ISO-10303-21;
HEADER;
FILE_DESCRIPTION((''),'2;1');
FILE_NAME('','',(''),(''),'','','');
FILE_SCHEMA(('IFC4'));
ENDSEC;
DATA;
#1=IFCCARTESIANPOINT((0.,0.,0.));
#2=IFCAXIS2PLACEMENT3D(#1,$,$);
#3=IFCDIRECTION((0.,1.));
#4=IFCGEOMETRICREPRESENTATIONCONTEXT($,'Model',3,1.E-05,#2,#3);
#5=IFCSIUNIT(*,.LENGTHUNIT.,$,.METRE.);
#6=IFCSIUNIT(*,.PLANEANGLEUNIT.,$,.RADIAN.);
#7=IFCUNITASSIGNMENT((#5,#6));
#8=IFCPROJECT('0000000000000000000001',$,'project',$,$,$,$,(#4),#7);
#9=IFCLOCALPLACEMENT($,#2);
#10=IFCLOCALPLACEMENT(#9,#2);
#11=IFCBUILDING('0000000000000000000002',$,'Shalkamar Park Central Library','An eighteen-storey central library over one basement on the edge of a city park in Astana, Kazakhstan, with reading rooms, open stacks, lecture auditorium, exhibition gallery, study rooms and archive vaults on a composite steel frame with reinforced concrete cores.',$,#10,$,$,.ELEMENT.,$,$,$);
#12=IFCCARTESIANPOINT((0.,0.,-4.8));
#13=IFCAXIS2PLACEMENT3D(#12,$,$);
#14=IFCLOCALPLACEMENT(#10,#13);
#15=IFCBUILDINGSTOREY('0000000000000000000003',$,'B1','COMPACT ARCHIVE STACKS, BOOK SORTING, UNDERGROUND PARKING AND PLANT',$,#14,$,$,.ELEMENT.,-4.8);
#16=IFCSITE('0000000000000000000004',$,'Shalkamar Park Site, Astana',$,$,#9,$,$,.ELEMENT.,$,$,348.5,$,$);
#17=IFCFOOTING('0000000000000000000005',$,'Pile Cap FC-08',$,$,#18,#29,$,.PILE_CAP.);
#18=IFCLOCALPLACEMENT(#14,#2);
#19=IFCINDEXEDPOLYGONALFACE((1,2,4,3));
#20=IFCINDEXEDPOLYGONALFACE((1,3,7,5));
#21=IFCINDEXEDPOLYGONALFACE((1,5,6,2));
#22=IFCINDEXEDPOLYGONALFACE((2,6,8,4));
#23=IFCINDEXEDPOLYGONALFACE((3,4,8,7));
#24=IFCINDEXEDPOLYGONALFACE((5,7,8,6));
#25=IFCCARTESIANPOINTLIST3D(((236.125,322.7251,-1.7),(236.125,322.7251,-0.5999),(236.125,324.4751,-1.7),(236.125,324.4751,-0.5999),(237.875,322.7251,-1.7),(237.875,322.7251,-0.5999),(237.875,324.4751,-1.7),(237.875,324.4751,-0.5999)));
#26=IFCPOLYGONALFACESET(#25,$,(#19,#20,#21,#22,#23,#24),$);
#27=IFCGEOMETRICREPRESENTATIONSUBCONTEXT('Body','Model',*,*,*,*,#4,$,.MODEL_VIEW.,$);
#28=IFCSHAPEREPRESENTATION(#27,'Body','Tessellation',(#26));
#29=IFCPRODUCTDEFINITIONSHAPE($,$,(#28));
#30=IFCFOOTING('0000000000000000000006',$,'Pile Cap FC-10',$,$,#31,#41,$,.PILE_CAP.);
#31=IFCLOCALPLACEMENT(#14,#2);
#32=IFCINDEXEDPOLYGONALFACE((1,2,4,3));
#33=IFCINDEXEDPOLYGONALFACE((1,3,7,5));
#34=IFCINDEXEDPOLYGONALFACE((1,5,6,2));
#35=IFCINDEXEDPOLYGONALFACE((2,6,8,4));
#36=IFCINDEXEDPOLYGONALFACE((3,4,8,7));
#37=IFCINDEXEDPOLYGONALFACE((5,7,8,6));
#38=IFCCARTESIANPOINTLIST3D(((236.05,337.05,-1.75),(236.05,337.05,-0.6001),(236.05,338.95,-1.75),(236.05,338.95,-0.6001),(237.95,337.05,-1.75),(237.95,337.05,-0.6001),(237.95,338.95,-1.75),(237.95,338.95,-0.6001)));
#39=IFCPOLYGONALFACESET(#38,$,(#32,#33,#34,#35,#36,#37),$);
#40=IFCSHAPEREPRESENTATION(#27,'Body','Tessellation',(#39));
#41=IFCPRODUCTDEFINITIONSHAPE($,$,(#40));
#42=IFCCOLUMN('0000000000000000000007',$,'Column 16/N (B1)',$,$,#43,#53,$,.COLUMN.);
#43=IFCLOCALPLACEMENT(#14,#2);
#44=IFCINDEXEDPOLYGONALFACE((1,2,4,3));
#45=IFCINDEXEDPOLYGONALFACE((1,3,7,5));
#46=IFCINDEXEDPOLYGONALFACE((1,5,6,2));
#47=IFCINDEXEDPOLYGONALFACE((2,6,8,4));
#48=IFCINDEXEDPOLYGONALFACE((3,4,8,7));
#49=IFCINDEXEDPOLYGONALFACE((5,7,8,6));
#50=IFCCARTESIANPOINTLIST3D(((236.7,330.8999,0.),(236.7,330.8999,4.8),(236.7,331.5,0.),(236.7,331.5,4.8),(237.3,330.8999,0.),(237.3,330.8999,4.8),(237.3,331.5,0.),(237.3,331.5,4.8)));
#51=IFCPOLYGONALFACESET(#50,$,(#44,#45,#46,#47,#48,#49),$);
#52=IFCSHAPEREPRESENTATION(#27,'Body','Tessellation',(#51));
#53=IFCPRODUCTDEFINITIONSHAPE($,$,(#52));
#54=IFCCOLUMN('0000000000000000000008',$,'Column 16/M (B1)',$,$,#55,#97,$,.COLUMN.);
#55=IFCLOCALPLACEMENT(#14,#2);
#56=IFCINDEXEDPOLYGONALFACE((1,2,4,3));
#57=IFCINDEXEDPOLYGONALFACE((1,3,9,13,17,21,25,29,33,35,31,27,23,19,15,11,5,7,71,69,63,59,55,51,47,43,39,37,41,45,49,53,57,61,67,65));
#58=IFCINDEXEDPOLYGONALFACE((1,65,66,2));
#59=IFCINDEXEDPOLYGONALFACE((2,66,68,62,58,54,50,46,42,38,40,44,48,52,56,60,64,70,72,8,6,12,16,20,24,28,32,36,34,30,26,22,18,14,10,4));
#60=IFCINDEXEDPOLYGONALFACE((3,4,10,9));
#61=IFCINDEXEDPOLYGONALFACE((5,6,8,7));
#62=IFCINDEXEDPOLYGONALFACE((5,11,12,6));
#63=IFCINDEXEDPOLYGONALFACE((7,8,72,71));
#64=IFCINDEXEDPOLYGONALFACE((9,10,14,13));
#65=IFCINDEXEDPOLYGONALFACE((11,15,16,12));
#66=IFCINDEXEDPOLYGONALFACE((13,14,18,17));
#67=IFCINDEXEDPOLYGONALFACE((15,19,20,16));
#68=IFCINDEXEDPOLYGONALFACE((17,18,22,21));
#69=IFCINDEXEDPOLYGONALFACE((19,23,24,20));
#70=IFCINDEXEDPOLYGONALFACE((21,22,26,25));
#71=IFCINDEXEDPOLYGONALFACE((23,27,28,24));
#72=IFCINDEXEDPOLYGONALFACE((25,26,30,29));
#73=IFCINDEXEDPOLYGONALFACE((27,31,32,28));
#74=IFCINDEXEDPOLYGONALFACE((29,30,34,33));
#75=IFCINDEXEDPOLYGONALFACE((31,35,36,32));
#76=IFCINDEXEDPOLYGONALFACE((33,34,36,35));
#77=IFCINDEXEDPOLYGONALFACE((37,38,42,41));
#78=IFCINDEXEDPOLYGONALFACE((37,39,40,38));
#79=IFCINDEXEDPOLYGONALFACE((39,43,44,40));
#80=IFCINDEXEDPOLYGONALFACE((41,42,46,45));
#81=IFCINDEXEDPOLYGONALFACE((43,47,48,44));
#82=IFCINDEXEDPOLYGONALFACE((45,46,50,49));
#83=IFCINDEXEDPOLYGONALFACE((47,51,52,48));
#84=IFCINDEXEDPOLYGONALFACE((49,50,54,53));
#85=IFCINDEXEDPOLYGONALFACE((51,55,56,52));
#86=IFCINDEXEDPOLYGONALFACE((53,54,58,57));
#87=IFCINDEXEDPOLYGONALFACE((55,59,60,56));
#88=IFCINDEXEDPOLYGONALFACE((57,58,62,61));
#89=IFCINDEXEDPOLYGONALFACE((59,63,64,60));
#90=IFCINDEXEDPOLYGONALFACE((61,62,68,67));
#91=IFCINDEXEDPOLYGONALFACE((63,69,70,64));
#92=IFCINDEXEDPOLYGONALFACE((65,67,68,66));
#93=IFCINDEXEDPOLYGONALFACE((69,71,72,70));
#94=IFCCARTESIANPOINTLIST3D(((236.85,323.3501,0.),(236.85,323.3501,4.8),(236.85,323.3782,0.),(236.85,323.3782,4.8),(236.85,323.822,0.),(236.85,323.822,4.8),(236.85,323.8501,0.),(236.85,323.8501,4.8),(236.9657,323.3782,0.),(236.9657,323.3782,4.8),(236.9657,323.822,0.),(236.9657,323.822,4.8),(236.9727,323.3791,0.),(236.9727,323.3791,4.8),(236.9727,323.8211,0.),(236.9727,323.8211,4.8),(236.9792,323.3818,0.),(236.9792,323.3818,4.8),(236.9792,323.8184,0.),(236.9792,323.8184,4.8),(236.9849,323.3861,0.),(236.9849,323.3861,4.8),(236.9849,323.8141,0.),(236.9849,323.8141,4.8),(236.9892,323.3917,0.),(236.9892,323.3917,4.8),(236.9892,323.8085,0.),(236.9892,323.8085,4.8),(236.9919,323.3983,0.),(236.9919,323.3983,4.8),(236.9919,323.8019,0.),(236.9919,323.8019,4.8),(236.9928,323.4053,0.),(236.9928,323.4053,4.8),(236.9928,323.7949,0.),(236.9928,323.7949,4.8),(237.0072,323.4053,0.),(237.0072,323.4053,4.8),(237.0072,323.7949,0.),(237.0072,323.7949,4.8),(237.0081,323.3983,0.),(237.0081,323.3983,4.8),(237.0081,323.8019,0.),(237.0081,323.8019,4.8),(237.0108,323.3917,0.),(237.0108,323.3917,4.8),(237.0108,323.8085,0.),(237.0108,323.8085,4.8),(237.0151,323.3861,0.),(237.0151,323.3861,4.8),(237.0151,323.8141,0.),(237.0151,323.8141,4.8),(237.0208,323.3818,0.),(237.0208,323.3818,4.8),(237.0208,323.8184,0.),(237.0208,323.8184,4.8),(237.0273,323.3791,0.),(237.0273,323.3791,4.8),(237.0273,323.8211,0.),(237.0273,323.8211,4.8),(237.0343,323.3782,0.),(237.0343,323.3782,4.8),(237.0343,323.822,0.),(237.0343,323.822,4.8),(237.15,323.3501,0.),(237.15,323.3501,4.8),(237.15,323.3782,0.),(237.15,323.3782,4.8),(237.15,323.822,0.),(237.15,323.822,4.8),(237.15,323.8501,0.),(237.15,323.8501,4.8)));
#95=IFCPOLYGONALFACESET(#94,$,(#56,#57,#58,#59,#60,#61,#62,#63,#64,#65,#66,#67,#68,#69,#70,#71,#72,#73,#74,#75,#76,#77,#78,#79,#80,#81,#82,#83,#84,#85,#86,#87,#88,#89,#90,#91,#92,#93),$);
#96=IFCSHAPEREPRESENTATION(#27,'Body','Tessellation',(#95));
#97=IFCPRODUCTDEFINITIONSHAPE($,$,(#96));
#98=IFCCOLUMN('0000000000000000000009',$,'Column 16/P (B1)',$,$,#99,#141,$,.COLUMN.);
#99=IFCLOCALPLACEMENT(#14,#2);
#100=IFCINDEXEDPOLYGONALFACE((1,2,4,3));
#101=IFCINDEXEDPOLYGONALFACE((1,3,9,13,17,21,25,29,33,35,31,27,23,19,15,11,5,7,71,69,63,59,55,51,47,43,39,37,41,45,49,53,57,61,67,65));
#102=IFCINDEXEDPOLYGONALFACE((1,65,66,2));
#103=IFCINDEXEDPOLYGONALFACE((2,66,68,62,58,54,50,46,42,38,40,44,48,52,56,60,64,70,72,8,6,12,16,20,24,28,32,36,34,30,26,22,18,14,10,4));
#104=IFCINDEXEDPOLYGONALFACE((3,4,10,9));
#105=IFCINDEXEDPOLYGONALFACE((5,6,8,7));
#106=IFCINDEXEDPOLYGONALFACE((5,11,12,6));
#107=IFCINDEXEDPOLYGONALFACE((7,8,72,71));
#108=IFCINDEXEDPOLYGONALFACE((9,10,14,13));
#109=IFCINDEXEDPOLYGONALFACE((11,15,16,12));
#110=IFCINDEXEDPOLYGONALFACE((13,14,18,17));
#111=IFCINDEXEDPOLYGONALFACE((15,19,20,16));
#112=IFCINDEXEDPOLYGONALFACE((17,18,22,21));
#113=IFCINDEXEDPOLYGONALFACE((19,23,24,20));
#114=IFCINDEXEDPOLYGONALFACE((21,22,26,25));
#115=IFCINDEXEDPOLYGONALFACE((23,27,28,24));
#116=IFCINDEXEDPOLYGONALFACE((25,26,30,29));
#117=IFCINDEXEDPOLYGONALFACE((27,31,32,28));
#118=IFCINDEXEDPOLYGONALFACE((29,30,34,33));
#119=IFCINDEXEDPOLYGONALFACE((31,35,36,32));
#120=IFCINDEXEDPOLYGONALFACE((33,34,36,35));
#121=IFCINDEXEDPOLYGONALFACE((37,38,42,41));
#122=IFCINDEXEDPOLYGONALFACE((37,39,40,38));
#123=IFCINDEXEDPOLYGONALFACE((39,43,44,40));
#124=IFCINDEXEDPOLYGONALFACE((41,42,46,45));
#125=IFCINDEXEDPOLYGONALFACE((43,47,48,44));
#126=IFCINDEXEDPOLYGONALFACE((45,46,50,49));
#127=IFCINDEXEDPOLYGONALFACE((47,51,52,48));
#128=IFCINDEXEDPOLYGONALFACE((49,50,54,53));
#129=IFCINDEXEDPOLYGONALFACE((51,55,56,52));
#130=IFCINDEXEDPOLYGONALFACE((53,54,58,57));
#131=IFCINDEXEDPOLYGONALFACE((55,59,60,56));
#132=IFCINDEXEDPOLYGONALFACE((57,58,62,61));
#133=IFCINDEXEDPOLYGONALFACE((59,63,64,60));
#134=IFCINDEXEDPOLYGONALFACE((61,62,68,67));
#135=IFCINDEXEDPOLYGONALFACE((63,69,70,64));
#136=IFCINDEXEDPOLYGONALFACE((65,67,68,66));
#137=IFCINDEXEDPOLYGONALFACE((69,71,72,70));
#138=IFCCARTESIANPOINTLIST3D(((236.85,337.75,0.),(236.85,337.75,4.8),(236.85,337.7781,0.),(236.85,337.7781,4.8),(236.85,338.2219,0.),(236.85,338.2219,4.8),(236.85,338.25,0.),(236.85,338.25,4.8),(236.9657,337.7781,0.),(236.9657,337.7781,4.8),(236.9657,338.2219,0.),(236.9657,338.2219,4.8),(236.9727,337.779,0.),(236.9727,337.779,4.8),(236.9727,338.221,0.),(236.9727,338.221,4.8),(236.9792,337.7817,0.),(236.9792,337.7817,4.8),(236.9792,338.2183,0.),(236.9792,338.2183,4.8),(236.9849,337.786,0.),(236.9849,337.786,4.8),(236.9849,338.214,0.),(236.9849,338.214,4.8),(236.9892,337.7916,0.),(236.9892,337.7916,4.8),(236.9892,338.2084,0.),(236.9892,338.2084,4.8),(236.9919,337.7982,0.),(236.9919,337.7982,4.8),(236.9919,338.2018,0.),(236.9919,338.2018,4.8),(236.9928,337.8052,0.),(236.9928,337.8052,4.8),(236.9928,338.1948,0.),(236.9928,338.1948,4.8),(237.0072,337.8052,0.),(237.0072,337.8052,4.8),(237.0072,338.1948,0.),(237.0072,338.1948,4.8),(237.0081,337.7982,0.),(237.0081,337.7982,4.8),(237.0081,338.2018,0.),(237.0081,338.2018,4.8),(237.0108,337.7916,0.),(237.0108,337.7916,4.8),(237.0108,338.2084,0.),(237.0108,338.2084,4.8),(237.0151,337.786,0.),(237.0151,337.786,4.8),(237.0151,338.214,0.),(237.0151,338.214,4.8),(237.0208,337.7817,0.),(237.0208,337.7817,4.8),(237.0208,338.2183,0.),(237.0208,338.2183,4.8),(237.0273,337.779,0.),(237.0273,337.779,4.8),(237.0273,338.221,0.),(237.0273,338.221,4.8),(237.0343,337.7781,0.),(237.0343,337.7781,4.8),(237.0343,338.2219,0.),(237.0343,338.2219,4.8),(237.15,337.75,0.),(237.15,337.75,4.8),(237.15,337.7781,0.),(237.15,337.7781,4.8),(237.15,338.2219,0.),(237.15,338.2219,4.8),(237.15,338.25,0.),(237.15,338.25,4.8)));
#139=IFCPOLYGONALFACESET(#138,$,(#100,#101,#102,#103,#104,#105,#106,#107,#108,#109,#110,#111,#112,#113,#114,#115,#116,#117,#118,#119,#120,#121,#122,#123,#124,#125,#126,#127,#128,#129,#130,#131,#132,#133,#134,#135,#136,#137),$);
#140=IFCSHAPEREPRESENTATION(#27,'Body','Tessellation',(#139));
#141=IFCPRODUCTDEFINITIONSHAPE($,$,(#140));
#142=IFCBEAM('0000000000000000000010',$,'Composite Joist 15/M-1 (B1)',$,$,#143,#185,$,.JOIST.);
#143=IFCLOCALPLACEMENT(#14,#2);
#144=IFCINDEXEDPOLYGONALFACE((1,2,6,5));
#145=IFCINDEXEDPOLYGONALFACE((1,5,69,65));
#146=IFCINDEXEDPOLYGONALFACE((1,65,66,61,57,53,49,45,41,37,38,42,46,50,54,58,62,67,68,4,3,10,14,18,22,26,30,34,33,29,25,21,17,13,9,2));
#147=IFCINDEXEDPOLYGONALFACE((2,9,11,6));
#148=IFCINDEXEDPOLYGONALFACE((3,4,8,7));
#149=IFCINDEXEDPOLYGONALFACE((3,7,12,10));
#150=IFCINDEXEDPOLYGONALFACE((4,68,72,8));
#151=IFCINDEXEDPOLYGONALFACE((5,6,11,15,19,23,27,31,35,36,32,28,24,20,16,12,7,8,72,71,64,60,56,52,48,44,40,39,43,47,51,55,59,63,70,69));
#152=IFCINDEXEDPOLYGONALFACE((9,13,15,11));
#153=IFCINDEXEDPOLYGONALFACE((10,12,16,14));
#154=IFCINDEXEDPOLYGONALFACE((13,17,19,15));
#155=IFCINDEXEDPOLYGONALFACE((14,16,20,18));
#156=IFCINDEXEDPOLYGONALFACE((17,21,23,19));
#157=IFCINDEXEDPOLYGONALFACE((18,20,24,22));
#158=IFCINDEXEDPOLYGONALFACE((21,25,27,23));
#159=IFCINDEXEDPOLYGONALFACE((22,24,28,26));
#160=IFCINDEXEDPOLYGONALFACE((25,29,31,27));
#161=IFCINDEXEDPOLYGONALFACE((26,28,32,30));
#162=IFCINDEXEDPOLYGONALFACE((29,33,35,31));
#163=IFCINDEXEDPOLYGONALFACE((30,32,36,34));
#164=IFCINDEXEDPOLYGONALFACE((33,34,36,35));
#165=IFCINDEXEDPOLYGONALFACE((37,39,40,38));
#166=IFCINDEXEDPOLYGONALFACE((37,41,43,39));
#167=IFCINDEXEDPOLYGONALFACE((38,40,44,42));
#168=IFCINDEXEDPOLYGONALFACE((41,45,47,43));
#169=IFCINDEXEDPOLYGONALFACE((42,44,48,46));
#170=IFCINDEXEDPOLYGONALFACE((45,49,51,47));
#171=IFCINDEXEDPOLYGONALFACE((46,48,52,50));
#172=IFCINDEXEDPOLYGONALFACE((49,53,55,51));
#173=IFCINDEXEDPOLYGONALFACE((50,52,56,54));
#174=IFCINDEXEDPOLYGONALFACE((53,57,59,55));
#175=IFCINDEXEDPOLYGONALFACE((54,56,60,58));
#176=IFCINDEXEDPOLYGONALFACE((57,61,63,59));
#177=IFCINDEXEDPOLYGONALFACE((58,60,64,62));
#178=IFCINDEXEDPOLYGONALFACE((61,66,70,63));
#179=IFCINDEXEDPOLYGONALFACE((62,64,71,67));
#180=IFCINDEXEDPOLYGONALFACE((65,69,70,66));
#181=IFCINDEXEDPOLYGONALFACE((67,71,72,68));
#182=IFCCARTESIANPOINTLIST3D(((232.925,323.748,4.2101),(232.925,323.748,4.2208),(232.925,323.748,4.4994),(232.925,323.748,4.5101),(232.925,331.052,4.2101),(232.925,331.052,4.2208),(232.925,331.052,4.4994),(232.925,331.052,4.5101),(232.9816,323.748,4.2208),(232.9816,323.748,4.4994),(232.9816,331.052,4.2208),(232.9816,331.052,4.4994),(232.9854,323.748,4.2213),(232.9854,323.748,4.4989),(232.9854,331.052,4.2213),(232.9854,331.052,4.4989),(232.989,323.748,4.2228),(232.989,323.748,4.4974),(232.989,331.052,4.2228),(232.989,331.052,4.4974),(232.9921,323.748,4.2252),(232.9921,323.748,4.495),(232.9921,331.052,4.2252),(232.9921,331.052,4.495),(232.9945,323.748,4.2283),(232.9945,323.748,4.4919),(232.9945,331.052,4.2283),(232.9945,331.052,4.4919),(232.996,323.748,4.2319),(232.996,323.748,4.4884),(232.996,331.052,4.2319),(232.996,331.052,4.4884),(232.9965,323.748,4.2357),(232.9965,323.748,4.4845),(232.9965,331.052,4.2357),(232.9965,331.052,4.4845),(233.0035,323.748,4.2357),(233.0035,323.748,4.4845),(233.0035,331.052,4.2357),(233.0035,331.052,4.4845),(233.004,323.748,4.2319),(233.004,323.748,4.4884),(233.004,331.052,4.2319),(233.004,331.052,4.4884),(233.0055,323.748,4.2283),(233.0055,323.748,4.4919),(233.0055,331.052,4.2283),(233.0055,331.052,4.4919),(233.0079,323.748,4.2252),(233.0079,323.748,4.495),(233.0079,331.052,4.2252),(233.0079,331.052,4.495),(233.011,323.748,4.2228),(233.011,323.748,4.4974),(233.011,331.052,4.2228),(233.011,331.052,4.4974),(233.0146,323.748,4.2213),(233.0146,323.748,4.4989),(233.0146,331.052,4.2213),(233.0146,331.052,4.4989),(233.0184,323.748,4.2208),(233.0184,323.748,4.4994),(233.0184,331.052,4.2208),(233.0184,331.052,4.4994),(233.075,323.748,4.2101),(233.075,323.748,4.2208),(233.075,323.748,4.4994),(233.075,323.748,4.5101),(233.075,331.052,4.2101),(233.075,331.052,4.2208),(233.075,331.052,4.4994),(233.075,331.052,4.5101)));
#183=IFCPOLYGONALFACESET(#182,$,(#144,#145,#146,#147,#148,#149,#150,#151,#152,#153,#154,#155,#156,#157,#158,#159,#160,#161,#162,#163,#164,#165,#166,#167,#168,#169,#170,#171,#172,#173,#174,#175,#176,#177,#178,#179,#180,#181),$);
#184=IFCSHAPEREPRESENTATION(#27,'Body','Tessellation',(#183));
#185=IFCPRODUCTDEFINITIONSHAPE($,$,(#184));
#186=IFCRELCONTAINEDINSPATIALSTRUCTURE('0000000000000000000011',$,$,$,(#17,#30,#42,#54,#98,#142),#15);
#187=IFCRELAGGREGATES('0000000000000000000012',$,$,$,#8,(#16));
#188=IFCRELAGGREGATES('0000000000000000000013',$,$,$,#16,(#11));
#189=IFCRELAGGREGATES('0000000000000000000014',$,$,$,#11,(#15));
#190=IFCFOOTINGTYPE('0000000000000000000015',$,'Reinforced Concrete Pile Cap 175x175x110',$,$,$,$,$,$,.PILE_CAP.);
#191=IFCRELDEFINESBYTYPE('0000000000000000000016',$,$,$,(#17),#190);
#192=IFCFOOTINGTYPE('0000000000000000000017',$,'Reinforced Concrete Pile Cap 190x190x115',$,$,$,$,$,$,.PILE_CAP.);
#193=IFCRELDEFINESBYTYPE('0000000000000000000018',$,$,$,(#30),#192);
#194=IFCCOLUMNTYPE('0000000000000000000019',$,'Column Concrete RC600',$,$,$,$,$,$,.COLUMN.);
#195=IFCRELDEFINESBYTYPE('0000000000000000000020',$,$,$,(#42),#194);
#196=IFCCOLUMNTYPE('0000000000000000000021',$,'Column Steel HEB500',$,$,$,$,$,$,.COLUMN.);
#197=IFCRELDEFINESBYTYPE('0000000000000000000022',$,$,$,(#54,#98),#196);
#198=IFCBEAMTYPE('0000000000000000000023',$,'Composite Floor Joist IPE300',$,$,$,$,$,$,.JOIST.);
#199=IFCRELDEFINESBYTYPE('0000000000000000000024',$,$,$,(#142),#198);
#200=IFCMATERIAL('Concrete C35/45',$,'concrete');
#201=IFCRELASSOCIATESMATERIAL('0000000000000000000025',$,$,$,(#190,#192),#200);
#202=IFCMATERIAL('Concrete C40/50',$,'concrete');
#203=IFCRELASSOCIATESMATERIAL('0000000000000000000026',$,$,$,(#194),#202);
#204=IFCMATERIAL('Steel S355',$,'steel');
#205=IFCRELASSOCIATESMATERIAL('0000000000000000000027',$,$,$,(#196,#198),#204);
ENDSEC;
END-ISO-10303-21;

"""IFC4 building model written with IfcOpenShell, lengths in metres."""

from ifc_helpers import new_model, si_unit, direction, frame, origin, origin_2d, place, context, subcontext, project, spatial, rectangle, i_section, extrude, material, material_profile, profile_set, type_object, element, save


model = new_model("IFC4")

# Units and contexts
model_context = context("Model", 3, precision=1e-05, world=origin(), true_north=direction((0.0, 1.0)))
body_context = subcontext(model_context, "Body", "Model", "MODEL_VIEW")
ifc_project = project(units=[si_unit("LENGTHUNIT", "METRE"), si_unit("PLANEANGLEUNIT", "RADIAN")], contexts=[model_context])

# Site, building, storey
site_placement = place(None, origin())
site = spatial("IfcSite", under=ifc_project, at=site_placement, Name="Shalkamar Park Site, Astana", CompositionType="ELEMENT", RefElevation=348.5)
building_placement = place(site_placement, origin())
building = spatial("IfcBuilding", under=site, at=building_placement, Name="Shalkamar Park Central Library", Description="An eighteen-storey central library over one basement on the edge of a city park in Astana, Kazakhstan, with reading rooms, open stacks, lecture auditorium, exhibition gallery, study rooms and archive vaults on a composite steel frame with reinforced concrete cores.", CompositionType="ELEMENT")
storey_placement = place(building_placement, frame((0.0, 0.0, -4.8)))
storey = spatial("IfcBuildingStorey", under=building, at=storey_placement, Name="B1", Description="COMPACT ARCHIVE STACKS, BOOK SORTING, UNDERGROUND PARKING AND PLANT", CompositionType="ELEMENT", Elevation=-4.8)

# Shared definitions
ifc_material_1 = material(Name="Concrete C35/45", Category="concrete")

# Footings
footing_type_1 = type_object("IfcFootingType", Name="Reinforced Concrete Pile Cap 175x175x110", PredefinedType="PILE_CAP", material=ifc_material_1)
footing_1_placement = place(storey_placement, frame((237.0, 323.6001, -1.7), z_axis=(0.0, 0.0, 1.0), x_axis=(1.0, 0.0, 0.0)))
element("IfcFooting", 1, at=footing_1_placement, inside=storey, type_object=footing_type_1, Name="Pile Cap FC-08", PredefinedType="PILE_CAP", context=body_context, shape_type="SweptSolid", body=[
    extrude(rectangle(XDim=1.75, YDim=1.75, at=origin_2d()), origin(), (0.0, 0.0, 1.0), 1.1001),
])
footing_type_2 = type_object("IfcFootingType", Name="Reinforced Concrete Pile Cap 190x190x115", PredefinedType="PILE_CAP", material=ifc_material_1)
footing_2_placement = place(storey_placement, frame((237.0, 338.0, -1.75), z_axis=(0.0, 0.0, 1.0), x_axis=(1.0, 0.0, 0.0)))
element("IfcFooting", 2, at=footing_2_placement, inside=storey, type_object=footing_type_2, Name="Pile Cap FC-10", PredefinedType="PILE_CAP", context=body_context, shape_type="SweptSolid", body=[
    extrude(rectangle(XDim=1.8999, YDim=1.8999, at=origin_2d()), origin(), (0.0, 0.0, 1.0), 1.1499),
])

# Columns
ifc_material_2 = material(Name="Concrete C40/50", Category="concrete")
ifc_material_profile_1 = material_profile(ifc_material_2, rectangle(XDim=0.6001, YDim=0.6001, at=origin_2d()), Name="RC 600x600")
ifc_profile_set_1 = profile_set([ifc_material_profile_1], Name="Concrete C40/50")
column_type_1 = type_object("IfcColumnType", Name="Column Concrete RC600", PredefinedType="COLUMN", material=ifc_profile_set_1)
column_placement = place(storey_placement, frame((237.0, 331.2, 0.0), z_axis=(0.0, 0.0, 1.0), x_axis=(1.0, 0.0, 0.0)))
element("IfcColumn", 3, at=column_placement, inside=storey, type_object=column_type_1, Name="Column 16/N (B1)", PredefinedType="COLUMN", context=body_context, shape_type="SweptSolid", body=[
    extrude(rectangle(XDim=0.6001, YDim=0.6001, at=origin_2d()), origin(), (0.0, 0.0, 1.0), 4.8),
])
ifc_material_3 = material(Name="Steel S355", Category="steel")
ifc_material_profile_2 = material_profile(ifc_material_3, i_section(OverallWidth=0.3, OverallDepth=0.5, WebThickness=0.0144, FlangeThickness=0.0281, FilletRadius=0.0271, at=origin_2d()), Name="HEB 500")
ifc_profile_set_2 = profile_set([ifc_material_profile_2], Name="Steel S355")
column_type_2 = type_object("IfcColumnType", Name="Column Steel HEB500", PredefinedType="COLUMN", material=ifc_profile_set_2)
for number, where, z_axis, x_axis, name in (
    (4, (237.0, 323.6001, 0.0), (0.0, 0.0, 1.0), (1.0, 0.0, 0.0), "Column 16/M (B1)"),
    (5, (237.0, 338.0, 0.0), (0.0, 0.0, 1.0), (1.0, 0.0, 0.0), "Column 16/P (B1)"),
):
    element("IfcColumn", number, at=place(storey_placement, frame(where, z_axis=z_axis, x_axis=x_axis)), inside=storey, type_object=column_type_2, Name=name, PredefinedType="COLUMN", context=body_context, shape_type="SweptSolid", body=[
        extrude(i_section(OverallWidth=0.3, OverallDepth=0.5, WebThickness=0.0144, FlangeThickness=0.0281, FilletRadius=0.0271, at=origin_2d()), origin(), (0.0, 0.0, 1.0), 4.8),
    ])

# Beam
ifc_material_profile_3 = material_profile(ifc_material_3, i_section(OverallWidth=0.1499, OverallDepth=0.3, WebThickness=0.0071, FlangeThickness=0.0107, FilletRadius=0.0149, at=origin_2d()), Name="IPE 300")
ifc_profile_set_3 = profile_set([ifc_material_profile_3], Name="Steel S355")
beam_type_1 = type_object("IfcBeamType", Name="Composite Floor Joist IPE300", PredefinedType="JOIST", material=ifc_profile_set_3)
beam_1_placement = place(storey_placement, frame((233.0, 323.748, 4.3601), z_axis=(0.0, 1.0, 0.0), x_axis=(-1.0, 0.0, 0.0)))
element("IfcBeam", 6, at=beam_1_placement, inside=storey, type_object=beam_type_1, Name="Composite Joist 15/M-1 (B1)", PredefinedType="JOIST", context=body_context, shape_type="SweptSolid", body=[
    extrude(i_section(OverallWidth=0.1499, OverallDepth=0.3, WebThickness=0.0071, FlangeThickness=0.0107, FilletRadius=0.0149, at=origin_2d()), origin(), (0.0, 0.0, 1.0), 7.304),
])

save(model, "model.ifc")
